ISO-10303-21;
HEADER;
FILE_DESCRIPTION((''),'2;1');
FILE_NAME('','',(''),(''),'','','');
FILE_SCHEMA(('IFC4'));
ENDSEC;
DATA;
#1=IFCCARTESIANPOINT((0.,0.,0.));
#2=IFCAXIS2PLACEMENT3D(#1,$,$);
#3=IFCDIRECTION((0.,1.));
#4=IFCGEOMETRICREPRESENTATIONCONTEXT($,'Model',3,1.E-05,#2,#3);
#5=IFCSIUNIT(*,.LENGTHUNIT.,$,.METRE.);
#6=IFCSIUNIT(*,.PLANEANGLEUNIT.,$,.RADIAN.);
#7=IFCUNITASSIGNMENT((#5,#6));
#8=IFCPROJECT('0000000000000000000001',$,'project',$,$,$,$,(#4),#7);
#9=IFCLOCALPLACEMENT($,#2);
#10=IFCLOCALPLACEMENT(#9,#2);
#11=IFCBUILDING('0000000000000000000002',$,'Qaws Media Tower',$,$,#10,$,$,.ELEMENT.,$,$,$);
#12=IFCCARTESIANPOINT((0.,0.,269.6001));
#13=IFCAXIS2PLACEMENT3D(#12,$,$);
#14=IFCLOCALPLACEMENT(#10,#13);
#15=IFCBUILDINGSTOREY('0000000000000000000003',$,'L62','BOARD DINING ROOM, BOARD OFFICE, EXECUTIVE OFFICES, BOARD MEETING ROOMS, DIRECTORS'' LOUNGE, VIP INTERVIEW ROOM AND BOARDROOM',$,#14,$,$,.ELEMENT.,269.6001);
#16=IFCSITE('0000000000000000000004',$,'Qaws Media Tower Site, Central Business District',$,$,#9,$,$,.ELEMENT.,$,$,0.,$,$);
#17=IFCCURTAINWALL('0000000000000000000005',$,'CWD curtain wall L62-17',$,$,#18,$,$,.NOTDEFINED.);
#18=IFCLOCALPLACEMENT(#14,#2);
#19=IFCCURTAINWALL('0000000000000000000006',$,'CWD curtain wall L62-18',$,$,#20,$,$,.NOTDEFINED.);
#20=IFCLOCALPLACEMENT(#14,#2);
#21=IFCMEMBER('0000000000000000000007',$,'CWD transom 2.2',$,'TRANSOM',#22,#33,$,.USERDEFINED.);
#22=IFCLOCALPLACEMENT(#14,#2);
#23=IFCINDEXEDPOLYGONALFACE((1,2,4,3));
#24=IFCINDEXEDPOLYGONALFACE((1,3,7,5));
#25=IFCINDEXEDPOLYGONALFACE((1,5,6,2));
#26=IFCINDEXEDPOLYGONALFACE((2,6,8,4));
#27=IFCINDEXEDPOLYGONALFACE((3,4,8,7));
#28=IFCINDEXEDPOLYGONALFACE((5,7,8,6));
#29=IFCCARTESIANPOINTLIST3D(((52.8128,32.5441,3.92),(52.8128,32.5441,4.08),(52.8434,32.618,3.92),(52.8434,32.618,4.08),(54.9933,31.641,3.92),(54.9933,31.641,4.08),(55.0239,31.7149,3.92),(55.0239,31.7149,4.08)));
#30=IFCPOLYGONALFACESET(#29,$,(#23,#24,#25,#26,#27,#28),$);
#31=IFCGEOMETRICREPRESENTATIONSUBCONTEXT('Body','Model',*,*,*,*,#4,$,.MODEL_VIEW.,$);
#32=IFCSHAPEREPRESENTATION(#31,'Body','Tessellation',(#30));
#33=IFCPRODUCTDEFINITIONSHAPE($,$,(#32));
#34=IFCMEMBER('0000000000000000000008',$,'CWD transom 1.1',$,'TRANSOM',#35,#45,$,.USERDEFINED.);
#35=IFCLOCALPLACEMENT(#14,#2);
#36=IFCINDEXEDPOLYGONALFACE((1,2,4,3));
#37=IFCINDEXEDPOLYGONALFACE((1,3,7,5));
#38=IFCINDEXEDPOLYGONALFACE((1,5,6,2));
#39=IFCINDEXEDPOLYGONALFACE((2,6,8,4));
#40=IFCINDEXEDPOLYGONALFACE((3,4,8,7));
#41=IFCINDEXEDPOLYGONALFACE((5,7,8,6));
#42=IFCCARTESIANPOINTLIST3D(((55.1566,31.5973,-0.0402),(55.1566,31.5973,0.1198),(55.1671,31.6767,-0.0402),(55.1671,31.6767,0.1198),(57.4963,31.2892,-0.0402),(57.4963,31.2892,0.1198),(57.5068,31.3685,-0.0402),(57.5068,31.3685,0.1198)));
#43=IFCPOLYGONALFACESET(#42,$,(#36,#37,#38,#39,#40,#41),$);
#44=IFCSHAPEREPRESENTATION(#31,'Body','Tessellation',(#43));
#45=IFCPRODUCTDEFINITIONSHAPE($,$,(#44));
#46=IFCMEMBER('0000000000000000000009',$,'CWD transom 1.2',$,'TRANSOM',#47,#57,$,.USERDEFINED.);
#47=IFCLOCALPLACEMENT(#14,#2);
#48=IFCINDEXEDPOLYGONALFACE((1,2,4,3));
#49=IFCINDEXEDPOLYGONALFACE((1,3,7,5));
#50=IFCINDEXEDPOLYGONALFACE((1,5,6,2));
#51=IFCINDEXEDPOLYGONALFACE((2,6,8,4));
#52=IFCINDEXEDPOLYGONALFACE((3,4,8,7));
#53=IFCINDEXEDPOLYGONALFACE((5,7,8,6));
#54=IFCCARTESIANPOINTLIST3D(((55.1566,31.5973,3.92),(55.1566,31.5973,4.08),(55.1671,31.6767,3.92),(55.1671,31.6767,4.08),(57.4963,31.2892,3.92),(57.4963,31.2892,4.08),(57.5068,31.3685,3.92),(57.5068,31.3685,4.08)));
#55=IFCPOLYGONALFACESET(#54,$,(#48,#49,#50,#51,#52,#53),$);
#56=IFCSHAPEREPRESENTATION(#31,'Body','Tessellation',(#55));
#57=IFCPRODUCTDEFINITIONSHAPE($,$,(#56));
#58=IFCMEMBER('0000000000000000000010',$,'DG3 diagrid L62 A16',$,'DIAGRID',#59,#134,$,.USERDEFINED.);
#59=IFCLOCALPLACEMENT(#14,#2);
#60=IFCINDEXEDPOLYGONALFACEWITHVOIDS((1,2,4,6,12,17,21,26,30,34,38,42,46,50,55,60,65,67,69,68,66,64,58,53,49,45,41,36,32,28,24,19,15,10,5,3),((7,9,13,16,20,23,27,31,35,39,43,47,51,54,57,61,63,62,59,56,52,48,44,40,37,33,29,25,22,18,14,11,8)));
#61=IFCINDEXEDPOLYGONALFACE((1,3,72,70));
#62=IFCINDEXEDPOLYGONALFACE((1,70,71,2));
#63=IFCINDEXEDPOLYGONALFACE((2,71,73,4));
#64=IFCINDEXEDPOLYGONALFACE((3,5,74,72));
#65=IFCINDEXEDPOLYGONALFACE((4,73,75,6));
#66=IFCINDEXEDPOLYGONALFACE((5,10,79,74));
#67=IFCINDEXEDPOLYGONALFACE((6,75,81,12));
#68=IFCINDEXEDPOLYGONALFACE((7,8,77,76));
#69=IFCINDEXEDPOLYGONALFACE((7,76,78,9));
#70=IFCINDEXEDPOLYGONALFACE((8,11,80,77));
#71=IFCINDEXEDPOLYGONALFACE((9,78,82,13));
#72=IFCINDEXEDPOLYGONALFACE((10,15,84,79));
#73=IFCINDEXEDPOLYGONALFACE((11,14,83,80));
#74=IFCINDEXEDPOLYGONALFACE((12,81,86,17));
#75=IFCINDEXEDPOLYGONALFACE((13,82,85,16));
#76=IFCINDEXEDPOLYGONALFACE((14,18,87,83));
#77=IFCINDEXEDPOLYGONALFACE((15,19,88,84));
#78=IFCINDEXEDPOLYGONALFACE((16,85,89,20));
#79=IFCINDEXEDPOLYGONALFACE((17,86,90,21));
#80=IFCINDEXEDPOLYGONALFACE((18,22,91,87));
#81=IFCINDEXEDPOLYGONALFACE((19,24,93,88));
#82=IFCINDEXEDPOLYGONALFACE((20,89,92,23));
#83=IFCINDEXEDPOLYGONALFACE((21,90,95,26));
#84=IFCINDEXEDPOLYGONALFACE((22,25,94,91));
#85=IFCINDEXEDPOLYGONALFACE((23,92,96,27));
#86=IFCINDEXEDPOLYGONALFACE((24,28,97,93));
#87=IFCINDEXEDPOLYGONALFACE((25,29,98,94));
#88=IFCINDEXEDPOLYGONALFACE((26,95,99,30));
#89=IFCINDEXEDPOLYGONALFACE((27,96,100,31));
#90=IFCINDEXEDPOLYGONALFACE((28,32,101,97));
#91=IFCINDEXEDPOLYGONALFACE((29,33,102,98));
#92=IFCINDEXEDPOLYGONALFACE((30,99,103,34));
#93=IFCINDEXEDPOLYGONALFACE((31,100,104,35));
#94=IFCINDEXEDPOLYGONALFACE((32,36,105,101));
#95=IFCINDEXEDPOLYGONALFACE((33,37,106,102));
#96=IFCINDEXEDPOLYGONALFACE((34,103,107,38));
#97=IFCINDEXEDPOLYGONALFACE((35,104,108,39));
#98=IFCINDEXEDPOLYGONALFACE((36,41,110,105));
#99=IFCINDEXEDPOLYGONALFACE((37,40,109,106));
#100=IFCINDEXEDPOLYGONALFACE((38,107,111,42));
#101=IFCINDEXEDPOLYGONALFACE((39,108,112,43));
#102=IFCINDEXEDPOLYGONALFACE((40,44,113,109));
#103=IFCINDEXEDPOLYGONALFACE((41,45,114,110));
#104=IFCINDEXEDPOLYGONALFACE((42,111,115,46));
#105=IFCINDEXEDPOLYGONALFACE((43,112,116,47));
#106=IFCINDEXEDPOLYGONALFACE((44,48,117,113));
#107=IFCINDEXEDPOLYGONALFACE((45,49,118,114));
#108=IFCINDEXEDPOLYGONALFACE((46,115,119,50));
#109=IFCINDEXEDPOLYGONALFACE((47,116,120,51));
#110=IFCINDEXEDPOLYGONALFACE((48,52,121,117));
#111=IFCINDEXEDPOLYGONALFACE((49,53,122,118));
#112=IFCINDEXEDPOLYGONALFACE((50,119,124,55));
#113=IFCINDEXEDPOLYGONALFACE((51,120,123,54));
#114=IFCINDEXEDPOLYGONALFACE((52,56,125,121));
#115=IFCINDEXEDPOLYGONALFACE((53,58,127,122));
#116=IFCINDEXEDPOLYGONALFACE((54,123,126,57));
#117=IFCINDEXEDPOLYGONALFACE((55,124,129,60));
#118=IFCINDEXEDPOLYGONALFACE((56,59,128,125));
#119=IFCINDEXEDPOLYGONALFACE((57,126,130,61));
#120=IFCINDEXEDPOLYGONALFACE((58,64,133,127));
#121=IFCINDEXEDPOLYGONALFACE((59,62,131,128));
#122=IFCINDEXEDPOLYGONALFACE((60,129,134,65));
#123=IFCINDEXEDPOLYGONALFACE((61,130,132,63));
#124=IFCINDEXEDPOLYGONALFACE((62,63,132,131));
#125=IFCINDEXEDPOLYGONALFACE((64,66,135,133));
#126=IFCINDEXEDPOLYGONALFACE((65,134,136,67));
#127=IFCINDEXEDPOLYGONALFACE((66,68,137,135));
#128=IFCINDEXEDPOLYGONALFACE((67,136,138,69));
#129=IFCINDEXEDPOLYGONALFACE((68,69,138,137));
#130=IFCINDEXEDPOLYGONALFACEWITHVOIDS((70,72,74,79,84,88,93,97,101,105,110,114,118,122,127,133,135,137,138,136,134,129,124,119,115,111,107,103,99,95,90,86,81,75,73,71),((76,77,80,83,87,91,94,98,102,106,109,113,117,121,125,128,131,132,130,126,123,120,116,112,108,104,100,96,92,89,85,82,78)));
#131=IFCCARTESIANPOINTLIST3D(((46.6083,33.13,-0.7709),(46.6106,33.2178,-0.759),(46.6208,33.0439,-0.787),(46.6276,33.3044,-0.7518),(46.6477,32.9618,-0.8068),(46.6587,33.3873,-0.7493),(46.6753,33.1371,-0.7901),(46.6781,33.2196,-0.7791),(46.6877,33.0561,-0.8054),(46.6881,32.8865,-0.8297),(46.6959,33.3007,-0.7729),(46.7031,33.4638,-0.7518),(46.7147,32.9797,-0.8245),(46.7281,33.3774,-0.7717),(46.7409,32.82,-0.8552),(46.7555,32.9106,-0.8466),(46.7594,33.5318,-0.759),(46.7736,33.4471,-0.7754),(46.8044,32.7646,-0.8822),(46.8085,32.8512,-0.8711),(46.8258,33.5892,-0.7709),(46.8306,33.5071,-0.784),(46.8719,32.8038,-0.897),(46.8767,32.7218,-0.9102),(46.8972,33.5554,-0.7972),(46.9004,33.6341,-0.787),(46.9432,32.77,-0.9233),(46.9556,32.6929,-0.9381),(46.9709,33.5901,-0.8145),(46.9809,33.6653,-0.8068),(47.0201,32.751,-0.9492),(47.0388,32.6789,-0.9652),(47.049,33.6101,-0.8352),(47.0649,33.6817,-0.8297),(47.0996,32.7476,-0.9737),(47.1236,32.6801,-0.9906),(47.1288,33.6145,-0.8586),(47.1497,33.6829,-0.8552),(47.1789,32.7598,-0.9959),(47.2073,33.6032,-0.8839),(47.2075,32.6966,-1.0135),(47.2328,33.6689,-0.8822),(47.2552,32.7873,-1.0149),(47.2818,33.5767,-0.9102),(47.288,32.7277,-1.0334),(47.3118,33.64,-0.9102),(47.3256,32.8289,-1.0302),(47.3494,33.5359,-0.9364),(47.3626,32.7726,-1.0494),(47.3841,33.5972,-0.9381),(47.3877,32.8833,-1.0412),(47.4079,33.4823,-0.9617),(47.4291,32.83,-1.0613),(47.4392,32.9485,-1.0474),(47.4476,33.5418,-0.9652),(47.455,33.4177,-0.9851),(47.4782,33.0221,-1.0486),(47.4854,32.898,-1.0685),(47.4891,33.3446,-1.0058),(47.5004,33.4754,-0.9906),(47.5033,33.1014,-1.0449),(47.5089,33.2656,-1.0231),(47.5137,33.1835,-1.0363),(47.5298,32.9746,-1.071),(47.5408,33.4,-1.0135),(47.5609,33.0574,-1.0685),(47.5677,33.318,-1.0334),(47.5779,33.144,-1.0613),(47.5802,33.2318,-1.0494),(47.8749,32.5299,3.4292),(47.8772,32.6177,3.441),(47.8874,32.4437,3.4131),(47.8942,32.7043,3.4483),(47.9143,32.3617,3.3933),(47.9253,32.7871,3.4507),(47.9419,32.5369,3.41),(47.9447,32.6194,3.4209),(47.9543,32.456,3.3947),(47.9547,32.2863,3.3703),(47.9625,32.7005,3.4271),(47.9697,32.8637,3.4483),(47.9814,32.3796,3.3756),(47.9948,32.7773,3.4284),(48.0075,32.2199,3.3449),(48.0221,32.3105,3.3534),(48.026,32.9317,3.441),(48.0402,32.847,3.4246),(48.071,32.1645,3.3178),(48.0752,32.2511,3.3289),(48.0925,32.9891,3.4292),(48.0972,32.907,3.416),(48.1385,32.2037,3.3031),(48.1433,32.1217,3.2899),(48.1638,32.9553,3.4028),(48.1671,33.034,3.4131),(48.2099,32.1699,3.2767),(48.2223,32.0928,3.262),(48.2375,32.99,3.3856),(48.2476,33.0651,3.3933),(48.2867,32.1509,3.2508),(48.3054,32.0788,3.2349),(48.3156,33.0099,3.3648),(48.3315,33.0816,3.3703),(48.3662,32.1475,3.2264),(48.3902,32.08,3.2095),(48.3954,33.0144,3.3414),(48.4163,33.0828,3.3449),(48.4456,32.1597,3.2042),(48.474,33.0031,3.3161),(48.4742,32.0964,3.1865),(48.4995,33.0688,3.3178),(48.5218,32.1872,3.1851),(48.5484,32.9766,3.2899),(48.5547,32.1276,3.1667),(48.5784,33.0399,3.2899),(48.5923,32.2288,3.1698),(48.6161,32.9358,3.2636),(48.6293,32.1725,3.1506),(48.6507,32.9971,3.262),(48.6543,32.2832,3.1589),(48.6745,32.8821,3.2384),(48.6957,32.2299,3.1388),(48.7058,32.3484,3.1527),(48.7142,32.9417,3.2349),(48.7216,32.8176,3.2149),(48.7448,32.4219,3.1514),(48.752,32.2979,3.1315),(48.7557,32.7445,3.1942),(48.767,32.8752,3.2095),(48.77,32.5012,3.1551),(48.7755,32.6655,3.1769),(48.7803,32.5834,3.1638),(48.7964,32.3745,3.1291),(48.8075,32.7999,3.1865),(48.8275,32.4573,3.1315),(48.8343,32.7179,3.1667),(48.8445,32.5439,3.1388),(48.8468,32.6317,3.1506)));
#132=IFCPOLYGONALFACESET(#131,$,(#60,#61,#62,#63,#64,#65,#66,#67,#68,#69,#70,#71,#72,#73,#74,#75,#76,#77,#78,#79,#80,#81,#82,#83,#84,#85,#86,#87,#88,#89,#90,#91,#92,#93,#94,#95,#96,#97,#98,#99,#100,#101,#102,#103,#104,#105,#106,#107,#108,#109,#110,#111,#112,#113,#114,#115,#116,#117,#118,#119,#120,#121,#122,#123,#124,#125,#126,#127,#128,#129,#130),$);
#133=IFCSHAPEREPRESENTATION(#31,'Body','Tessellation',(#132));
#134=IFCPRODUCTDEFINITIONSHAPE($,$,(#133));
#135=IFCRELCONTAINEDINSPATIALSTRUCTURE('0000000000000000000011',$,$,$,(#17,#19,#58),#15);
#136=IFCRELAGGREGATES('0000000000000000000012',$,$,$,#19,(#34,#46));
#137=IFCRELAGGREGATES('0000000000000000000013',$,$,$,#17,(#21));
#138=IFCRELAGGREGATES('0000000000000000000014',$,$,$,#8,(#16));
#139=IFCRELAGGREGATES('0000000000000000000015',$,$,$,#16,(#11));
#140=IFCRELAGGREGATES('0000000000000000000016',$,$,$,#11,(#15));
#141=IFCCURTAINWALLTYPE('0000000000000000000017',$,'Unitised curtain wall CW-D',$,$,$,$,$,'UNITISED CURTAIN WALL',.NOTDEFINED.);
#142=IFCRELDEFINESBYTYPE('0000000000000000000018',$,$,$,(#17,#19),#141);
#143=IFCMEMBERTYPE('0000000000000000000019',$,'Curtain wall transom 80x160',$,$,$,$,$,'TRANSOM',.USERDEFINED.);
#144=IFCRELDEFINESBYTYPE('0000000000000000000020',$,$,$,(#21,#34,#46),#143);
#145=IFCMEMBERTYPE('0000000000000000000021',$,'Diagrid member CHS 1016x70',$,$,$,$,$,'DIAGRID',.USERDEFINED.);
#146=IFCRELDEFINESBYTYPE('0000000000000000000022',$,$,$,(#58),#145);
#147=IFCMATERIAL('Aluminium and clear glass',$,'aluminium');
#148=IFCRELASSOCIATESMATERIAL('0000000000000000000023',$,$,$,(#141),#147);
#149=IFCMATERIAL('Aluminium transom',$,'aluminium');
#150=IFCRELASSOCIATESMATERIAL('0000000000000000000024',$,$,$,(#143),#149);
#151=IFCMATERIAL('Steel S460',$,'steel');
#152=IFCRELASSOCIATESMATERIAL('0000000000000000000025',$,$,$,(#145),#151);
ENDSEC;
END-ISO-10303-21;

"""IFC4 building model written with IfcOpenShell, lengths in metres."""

from ifc_helpers import new_model, si_unit, direction, frame, origin, origin_2d, place, context, subcontext, project, spatial, rectangle, hollow_circle, extrude, material, material_profile, profile_set, type_object, element, aggregate, save


model = new_model("IFC4")

# Units and contexts
model_context = context("Model", 3, precision=1e-05, world=origin(), true_north=direction((0.0, 1.0)))
body_context = subcontext(model_context, "Body", "Model", "MODEL_VIEW")
ifc_project = project(units=[si_unit("LENGTHUNIT", "METRE"), si_unit("PLANEANGLEUNIT", "RADIAN")], contexts=[model_context])

# Site, building, storey
site_placement = place(None, origin())
site = spatial("IfcSite", under=ifc_project, at=site_placement, Name="Qaws Media Tower Site, Central Business District", CompositionType="ELEMENT", RefElevation=0.0)
building_placement = place(site_placement, origin())
building = spatial("IfcBuilding", under=site, at=building_placement, Name="Qaws Media Tower", CompositionType="ELEMENT")
storey_placement = place(building_placement, frame((0.0, 0.0, 269.6001)))
storey = spatial("IfcBuildingStorey", under=building, at=storey_placement, Name="L62", Description="BOARD DINING ROOM, BOARD OFFICE, EXECUTIVE OFFICES, BOARD MEETING ROOMS, DIRECTORS' LOUNGE, VIP INTERVIEW ROOM AND BOARDROOM", CompositionType="ELEMENT", Elevation=269.6001)

# Curtain wall
ifc_material_1 = material(Name="Aluminium and clear glass", Category="aluminium")
curtain_wall_type = type_object("IfcCurtainWallType", Name="Unitised curtain wall CW-D", ElementType="UNITISED CURTAIN WALL", PredefinedType="NOTDEFINED", material=ifc_material_1)
curtain_wall_1_placement = place(storey_placement, origin())
curtain_wall_1 = element("IfcCurtainWall", 1, at=curtain_wall_1_placement, inside=storey, type_object=curtain_wall_type, Name="CWD curtain wall L62-17", PredefinedType="NOTDEFINED")

# Curtain wall
curtain_wall_2_placement = place(storey_placement, origin())
curtain_wall_2 = element("IfcCurtainWall", 2, at=curtain_wall_2_placement, inside=storey, type_object=curtain_wall_type, Name="CWD curtain wall L62-18", PredefinedType="NOTDEFINED")

# Members
ifc_material_2 = material(Name="Aluminium transom", Category="aluminium")
ifc_material_profile_1 = material_profile(ifc_material_2, rectangle(XDim=0.0801, YDim=0.1599, at=origin_2d()), Name="80x160")
ifc_profile_set_1 = profile_set([ifc_material_profile_1], Name="Aluminium transom")
member_type_1 = type_object("IfcMemberType", Name="Curtain wall transom 80x160", ElementType="TRANSOM", PredefinedType="USERDEFINED", material=ifc_profile_set_1)
member_1_placement = place(storey_placement, frame((52.8281, 32.5811, 4.0), z_axis=(0.923892, -0.382653, 0.0), x_axis=(0.382653, 0.923892, 0.0)))
member_1 = element("IfcMember", 3, at=member_1_placement, type_object=member_type_1, Name="CWD transom 2.2", ObjectType="TRANSOM", PredefinedType="USERDEFINED", context=body_context, shape_type="SweptSolid", body=[
    extrude(rectangle(XDim=0.0801, YDim=0.1599, at=origin_2d()), origin(), (0.0, 0.0, 1.0), 2.3601),
])
member_2_placement = place(storey_placement, frame((55.1619, 31.637, 0.0398), z_axis=(0.99144, -0.130564, 0.0), x_axis=(0.130564, 0.99144, 0.0)))
member_2 = element("IfcMember", 4, at=member_2_placement, type_object=member_type_1, Name="CWD transom 1.1", ObjectType="TRANSOM", PredefinedType="USERDEFINED", context=body_context, shape_type="SweptSolid", body=[
    extrude(rectangle(XDim=0.0801, YDim=0.1599, at=origin_2d()), origin(), (0.0, 0.0, 1.0), 2.3599),
])
member_3_placement = place(storey_placement, frame((55.1619, 31.637, 4.0), z_axis=(0.99144, -0.130564, 0.0), x_axis=(0.130564, 0.99144, 0.0)))
member_3 = element("IfcMember", 5, at=member_3_placement, type_object=member_type_1, Name="CWD transom 1.2", ObjectType="TRANSOM", PredefinedType="USERDEFINED", context=body_context, shape_type="SweptSolid", body=[
    extrude(rectangle(XDim=0.0801, YDim=0.1599, at=origin_2d()), origin(), (0.0, 0.0, 1.0), 2.3599),
])
aggregate(curtain_wall_2, [member_2, member_3])

# Member
ifc_material_3 = material(Name="Steel S460", Category="steel")
ifc_material_profile_2 = material_profile(ifc_material_3, hollow_circle(Radius=0.5081, WallThickness=0.0701, at=origin_2d()), Name="CHS 1016x70")
ifc_profile_set_2 = profile_set([ifc_material_profile_2], Name="Steel S460")
member_type_2 = type_object("IfcMemberType", Name="Diagrid member CHS 1016x70", ElementType="DIAGRID", PredefinedType="USERDEFINED", material=ifc_profile_set_2)
for number, where, z_axis, x_axis, name in (
    (6, (47.0942, 33.1809, -0.9102), (0.286067, -0.135534, 0.948576), (0.428161, 0.903702, 0.0), "DG3 diagrid L62 A16"),
):
    element("IfcMember", number, at=place(storey_placement, frame(where, z_axis=z_axis, x_axis=x_axis)), inside=storey, type_object=member_type_2, Name=name, ObjectType="DIAGRID", PredefinedType="USERDEFINED", context=body_context, shape_type="SweptSolid", body=[
        extrude(hollow_circle(Radius=0.5081, WallThickness=0.0701, at=origin_2d()), origin(), (0.0, 0.0, 1.0), 4.4277),
    ])

aggregate(curtain_wall_1, [member_1])

save(model, "model.ifc")
